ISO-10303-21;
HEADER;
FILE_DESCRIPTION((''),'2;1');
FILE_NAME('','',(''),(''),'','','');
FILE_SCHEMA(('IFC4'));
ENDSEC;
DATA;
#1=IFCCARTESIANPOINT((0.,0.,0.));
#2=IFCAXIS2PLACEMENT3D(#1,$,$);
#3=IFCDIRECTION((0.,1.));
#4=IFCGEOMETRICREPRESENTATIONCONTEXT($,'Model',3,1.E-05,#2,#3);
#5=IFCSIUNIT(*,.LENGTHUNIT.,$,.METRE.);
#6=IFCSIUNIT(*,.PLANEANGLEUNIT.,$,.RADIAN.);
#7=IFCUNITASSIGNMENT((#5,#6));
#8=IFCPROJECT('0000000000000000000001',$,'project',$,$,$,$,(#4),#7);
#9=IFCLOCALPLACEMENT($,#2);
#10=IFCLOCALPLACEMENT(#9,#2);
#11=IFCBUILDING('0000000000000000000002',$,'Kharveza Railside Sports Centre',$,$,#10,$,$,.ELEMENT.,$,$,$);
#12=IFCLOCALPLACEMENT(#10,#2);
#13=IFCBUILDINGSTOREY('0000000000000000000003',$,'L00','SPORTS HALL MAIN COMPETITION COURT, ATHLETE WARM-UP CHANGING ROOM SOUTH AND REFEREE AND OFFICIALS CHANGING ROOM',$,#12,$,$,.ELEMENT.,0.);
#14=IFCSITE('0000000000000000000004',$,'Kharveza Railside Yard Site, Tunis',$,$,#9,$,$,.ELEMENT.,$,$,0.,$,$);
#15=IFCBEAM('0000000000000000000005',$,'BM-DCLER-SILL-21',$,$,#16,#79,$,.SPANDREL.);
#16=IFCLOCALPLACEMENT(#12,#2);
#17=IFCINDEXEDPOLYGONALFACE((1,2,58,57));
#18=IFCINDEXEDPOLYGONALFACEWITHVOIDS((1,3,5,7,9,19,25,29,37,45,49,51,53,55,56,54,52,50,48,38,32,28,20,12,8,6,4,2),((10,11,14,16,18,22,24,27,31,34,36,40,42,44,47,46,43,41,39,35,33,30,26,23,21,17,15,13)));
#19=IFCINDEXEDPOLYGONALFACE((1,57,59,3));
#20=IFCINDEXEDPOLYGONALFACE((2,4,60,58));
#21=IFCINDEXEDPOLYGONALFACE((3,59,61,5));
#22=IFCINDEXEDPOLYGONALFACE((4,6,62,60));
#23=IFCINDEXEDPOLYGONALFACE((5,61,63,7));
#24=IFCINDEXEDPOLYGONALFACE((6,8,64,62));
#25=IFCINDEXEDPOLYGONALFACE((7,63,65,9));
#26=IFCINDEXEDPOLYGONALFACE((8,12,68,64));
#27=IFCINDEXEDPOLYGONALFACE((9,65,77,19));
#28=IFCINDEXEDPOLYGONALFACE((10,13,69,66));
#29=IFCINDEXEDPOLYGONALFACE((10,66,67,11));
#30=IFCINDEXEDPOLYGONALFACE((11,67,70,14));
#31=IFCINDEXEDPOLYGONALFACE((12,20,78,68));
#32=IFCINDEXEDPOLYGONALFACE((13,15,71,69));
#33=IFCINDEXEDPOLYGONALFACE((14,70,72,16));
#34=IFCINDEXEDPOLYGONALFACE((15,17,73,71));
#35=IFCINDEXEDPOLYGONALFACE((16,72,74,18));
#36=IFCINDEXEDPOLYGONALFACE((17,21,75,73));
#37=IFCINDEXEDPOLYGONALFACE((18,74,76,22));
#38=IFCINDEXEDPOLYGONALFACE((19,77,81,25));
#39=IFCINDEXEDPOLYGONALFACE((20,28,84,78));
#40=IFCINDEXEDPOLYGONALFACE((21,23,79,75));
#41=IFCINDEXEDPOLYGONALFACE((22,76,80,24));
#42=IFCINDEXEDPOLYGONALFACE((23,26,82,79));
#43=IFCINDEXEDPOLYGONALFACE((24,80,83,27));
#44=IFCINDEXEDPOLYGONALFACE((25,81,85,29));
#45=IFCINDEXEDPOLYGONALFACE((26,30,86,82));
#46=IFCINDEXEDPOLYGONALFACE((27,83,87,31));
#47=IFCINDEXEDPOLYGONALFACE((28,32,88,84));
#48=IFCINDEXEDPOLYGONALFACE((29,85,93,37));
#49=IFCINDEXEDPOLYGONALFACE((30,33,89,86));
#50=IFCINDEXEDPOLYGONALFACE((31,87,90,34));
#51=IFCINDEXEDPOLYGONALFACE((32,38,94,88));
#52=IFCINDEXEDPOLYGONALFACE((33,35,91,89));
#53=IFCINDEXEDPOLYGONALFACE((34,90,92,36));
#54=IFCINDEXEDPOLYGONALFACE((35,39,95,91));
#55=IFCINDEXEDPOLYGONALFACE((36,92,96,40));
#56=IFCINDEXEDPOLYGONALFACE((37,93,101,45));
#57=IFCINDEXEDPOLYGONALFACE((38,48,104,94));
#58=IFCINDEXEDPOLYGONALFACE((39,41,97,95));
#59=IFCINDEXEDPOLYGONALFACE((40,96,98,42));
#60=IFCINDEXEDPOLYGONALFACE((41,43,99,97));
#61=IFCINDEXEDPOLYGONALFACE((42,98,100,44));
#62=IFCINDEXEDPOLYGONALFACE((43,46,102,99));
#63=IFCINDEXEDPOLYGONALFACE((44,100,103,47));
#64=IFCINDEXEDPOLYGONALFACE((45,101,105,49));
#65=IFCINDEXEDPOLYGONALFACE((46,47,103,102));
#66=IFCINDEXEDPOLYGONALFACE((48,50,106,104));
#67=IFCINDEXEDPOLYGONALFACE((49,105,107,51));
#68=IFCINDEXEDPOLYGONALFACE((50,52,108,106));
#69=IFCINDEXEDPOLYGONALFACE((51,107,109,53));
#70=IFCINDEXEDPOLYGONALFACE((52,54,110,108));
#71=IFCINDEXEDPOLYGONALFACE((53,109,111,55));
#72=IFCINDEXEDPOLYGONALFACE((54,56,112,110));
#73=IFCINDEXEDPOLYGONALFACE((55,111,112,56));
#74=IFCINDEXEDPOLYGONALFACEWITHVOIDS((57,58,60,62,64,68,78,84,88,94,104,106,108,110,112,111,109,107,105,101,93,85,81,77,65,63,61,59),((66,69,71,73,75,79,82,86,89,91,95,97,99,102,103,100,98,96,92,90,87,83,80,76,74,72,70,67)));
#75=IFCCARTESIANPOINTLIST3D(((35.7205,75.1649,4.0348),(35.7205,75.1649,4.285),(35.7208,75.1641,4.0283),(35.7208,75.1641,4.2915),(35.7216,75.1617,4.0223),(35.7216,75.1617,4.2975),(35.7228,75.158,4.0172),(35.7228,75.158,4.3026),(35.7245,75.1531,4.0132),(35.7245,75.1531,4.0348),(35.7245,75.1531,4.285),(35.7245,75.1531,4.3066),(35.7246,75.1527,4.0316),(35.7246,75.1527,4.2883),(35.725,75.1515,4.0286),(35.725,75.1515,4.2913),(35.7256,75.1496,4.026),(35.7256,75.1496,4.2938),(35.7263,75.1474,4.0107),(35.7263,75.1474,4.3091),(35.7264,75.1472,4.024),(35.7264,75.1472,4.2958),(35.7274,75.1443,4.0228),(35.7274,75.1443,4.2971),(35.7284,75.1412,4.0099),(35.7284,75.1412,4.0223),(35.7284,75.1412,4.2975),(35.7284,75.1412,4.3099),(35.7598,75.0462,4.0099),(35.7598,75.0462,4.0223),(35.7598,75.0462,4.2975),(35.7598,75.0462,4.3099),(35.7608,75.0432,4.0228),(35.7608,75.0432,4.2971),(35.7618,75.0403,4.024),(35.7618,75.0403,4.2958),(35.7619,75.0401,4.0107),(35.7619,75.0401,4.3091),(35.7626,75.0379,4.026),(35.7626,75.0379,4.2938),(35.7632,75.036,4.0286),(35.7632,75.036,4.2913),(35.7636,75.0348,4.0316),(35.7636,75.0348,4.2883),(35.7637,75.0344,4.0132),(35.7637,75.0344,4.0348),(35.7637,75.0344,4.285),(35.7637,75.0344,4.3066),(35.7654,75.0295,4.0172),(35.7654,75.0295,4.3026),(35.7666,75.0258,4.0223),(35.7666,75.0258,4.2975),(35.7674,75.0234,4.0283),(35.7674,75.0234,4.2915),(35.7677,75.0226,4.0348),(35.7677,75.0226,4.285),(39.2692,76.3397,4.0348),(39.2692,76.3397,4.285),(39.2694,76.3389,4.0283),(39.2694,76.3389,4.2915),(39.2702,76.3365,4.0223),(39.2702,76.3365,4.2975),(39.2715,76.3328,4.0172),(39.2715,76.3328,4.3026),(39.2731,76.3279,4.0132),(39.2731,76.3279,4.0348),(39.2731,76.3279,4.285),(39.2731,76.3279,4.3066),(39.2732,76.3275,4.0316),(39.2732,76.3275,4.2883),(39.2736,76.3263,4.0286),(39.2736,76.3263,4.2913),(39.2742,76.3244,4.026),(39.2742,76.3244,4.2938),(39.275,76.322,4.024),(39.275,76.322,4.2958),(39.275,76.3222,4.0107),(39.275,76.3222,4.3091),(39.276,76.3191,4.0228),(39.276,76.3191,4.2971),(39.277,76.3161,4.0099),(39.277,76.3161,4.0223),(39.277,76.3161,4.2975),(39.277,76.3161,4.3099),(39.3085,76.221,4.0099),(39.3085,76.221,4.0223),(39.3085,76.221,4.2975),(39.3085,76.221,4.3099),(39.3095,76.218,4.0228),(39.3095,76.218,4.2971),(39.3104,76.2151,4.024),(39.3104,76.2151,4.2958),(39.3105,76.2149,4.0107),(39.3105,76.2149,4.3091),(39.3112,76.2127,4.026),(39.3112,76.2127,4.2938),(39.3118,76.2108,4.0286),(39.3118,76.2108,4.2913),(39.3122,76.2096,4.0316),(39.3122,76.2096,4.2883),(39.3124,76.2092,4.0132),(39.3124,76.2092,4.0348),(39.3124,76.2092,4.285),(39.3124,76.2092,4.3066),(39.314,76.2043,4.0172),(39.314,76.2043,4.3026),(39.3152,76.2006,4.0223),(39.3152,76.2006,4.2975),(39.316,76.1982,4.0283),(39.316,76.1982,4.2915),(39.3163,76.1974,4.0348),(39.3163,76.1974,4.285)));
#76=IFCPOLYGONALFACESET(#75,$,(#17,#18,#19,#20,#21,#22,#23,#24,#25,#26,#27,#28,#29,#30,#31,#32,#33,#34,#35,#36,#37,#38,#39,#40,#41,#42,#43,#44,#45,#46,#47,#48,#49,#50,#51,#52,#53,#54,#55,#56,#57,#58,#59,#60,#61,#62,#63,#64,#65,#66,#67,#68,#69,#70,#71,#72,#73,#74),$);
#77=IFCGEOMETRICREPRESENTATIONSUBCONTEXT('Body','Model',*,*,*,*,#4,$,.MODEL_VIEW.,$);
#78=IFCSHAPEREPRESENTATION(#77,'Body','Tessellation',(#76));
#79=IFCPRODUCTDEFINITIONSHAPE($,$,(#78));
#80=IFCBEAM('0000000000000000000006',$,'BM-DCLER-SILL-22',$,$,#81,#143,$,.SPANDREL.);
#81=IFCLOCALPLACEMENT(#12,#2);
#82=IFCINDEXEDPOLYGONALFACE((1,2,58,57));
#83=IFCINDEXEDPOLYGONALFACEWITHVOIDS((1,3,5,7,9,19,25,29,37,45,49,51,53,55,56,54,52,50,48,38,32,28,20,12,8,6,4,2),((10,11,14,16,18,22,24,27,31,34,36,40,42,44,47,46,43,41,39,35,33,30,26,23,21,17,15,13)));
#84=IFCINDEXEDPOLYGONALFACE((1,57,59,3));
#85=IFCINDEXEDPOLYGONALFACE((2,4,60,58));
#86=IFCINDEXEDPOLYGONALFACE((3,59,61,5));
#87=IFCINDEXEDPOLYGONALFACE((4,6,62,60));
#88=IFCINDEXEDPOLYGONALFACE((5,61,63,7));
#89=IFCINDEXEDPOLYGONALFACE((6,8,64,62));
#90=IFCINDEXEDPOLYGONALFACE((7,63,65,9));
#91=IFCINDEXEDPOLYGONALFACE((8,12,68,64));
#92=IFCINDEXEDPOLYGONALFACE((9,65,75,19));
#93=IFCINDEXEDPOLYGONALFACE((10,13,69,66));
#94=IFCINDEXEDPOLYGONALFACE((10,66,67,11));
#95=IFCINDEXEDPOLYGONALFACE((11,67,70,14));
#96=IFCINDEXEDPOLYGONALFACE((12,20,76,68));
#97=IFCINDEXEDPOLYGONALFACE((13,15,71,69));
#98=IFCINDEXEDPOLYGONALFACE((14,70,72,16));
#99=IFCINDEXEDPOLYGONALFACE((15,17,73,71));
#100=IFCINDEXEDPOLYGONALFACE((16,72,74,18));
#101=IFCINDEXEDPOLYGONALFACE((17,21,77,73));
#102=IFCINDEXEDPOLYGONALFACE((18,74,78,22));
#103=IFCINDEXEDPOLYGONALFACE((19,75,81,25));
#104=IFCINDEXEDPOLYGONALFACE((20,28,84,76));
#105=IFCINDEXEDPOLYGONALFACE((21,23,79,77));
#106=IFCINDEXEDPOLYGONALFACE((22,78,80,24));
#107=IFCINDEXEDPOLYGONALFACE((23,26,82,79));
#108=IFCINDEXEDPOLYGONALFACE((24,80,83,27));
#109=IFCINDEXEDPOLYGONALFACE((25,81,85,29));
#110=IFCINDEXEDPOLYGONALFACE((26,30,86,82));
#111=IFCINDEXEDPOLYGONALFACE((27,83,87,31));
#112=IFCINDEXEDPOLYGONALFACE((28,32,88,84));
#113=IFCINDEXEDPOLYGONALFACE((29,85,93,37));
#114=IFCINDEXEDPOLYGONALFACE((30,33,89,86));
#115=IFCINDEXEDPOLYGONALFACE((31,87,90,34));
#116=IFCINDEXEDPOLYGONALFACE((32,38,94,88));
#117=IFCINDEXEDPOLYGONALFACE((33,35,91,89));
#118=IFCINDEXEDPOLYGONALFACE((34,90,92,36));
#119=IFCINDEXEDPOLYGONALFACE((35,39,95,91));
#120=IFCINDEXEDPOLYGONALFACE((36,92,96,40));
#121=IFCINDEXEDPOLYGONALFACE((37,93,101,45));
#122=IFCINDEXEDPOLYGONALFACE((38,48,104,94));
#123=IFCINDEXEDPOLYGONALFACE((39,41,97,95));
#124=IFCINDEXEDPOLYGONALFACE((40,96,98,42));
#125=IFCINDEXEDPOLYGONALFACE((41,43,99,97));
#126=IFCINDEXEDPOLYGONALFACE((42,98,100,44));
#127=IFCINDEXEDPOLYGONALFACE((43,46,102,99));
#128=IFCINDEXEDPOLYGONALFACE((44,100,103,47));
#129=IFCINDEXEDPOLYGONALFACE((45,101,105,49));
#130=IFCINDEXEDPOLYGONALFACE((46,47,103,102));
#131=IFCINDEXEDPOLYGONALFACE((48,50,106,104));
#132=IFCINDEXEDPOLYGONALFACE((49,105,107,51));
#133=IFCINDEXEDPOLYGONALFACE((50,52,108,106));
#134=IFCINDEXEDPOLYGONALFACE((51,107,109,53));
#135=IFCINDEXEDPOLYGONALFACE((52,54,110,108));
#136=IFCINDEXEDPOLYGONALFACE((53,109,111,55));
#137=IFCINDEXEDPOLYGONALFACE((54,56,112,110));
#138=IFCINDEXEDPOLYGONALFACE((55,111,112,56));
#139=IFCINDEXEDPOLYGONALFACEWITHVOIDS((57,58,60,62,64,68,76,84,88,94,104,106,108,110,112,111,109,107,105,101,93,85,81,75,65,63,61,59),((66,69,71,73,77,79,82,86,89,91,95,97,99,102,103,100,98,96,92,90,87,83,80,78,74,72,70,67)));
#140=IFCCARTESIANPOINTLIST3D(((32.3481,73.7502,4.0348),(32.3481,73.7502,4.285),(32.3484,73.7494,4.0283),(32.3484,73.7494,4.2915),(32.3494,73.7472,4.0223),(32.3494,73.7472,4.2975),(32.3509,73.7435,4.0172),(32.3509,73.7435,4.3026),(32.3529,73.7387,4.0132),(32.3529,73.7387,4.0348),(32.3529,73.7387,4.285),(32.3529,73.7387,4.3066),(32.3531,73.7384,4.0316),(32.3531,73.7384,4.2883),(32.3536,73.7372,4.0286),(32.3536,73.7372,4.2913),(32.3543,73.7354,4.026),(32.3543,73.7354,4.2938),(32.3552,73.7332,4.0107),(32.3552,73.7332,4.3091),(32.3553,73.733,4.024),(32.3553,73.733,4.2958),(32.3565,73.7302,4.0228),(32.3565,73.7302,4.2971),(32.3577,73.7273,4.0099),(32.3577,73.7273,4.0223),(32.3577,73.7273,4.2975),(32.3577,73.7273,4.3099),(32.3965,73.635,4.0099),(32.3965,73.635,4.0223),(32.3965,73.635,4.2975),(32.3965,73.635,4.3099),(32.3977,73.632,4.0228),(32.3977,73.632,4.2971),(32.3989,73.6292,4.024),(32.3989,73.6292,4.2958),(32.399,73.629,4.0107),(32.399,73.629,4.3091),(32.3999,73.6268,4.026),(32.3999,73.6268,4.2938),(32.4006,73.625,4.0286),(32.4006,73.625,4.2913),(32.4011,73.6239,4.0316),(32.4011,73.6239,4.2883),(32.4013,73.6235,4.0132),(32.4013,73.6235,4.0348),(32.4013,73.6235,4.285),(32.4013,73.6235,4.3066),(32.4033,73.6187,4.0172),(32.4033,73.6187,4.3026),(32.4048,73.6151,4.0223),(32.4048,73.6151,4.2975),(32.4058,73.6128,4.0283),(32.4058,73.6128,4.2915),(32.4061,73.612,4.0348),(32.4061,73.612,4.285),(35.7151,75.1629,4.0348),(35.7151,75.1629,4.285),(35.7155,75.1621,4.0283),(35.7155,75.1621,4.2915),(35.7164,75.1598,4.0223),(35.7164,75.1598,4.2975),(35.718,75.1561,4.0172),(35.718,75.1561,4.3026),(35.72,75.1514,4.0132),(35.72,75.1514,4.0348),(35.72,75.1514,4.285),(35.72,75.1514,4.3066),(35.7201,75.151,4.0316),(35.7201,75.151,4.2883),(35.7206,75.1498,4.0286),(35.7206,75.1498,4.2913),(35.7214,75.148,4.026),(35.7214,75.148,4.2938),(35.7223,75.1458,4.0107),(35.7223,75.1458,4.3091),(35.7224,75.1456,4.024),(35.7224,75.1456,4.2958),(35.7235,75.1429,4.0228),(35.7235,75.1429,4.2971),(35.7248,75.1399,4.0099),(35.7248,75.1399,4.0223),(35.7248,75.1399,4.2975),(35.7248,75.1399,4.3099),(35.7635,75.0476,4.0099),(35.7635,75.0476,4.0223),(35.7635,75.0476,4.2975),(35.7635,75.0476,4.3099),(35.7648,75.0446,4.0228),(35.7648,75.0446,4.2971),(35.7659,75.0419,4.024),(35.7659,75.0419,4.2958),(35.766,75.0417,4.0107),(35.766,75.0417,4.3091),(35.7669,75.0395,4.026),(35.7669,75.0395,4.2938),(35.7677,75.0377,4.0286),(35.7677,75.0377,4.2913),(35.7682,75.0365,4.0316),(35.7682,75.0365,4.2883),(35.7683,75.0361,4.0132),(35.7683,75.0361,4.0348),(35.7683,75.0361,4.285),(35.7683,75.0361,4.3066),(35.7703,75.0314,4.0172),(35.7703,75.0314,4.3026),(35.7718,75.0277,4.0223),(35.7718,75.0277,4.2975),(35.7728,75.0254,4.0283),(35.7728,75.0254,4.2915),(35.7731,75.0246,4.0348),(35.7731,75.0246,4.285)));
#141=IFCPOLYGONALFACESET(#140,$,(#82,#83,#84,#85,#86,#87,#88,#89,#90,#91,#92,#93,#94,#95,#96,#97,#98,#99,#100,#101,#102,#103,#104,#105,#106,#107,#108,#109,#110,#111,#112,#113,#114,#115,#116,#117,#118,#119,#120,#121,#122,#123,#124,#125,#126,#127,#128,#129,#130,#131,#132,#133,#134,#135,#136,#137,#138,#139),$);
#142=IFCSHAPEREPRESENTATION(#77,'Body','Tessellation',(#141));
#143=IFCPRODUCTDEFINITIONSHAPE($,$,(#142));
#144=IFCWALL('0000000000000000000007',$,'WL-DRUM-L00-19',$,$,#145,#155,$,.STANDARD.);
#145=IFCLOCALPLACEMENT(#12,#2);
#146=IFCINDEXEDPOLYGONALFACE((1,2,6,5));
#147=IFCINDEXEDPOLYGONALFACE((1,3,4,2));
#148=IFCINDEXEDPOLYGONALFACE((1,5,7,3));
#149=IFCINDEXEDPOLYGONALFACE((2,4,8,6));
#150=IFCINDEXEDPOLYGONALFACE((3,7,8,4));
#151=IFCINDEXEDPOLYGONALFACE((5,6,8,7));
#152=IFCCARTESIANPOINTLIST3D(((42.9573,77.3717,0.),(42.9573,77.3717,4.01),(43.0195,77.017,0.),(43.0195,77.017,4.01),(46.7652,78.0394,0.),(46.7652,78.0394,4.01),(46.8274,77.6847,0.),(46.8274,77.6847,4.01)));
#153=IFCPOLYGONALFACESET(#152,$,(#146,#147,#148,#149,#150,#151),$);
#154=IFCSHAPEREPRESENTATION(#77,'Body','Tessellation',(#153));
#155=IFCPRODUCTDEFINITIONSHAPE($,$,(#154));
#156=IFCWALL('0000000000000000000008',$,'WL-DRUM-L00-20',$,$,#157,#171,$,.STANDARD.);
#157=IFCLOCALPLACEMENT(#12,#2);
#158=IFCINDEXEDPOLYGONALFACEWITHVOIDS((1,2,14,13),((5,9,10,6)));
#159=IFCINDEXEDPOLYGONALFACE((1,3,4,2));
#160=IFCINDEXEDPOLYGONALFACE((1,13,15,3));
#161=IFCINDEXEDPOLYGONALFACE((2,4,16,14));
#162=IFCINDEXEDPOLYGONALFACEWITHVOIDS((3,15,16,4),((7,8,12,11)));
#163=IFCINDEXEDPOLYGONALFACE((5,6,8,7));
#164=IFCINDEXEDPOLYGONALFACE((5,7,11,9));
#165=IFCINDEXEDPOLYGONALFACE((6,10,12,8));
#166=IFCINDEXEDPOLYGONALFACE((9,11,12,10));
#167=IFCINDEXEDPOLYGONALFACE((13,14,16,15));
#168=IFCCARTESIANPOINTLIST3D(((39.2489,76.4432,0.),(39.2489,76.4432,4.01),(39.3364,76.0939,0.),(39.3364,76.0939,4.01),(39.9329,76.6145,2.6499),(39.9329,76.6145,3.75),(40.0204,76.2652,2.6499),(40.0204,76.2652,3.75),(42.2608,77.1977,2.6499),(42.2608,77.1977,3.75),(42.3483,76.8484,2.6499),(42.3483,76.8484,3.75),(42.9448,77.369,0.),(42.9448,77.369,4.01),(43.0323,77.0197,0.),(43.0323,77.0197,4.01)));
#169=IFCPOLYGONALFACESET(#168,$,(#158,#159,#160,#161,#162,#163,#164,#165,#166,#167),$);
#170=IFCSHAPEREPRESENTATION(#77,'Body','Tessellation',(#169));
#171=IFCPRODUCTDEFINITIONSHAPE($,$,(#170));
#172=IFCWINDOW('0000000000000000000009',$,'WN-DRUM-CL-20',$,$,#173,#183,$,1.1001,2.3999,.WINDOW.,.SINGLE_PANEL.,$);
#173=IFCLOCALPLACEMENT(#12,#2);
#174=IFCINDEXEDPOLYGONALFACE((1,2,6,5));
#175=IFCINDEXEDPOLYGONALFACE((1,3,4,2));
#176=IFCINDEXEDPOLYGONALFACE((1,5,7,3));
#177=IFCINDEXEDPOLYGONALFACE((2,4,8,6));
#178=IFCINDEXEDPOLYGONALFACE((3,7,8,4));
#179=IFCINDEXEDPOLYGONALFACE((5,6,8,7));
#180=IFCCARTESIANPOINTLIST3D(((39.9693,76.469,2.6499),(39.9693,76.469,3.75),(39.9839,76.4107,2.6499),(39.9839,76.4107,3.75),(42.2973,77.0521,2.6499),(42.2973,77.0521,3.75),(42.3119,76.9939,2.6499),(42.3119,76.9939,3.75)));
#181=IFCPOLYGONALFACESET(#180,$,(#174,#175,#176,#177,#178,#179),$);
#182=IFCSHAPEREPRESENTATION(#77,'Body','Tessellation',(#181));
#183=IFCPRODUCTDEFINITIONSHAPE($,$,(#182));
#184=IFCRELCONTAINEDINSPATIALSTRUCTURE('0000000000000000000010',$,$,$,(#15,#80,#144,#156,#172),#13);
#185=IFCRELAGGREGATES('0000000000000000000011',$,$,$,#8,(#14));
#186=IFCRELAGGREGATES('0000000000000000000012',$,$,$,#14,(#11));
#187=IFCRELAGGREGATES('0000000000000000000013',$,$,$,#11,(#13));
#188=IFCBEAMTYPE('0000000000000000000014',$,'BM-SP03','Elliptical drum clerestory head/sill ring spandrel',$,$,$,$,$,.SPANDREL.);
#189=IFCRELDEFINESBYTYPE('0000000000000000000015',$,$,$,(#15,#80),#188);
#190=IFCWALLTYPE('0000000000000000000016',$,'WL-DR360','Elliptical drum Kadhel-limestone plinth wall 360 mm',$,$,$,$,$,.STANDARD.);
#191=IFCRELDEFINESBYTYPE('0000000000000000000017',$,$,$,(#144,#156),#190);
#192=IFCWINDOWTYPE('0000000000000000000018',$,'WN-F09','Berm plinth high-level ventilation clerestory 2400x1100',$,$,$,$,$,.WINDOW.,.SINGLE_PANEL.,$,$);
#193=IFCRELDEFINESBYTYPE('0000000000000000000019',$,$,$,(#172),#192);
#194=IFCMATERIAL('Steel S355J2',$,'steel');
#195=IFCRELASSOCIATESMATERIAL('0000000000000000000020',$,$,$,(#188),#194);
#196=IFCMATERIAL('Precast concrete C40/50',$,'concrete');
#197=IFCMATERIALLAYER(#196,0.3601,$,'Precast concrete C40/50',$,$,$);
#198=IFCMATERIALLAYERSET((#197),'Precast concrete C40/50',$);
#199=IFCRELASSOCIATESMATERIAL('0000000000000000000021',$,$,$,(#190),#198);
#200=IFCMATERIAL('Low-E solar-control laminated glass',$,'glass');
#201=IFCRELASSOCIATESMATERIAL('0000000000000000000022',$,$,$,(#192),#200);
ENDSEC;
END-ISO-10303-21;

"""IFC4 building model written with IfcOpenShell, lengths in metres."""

from ifc_helpers import new_model, si_unit, direction, frame, frame_2d, origin, origin_2d, place, context, subcontext, project, spatial, rectangle, hollow_rectangle, extrude, material, layer, layer_set, material_profile, profile_set, type_object, element, fill, save


model = new_model("IFC4")

# Units and contexts
model_context = context("Model", 3, precision=1e-05, world=origin(), true_north=direction((0.0, 1.0)))
body_context = subcontext(model_context, "Body", "Model", "MODEL_VIEW")
ifc_project = project(units=[si_unit("LENGTHUNIT", "METRE"), si_unit("PLANEANGLEUNIT", "RADIAN")], contexts=[model_context])

# Site, building, storey
site_placement = place(None, origin())
site = spatial("IfcSite", under=ifc_project, at=site_placement, Name="Kharveza Railside Yard Site, Tunis", CompositionType="ELEMENT", RefElevation=0.0)
building_placement = place(site_placement, origin())
building = spatial("IfcBuilding", under=site, at=building_placement, Name="Kharveza Railside Sports Centre", CompositionType="ELEMENT")
storey_placement = place(building_placement, origin())
storey = spatial("IfcBuildingStorey", under=building, at=storey_placement, Name="L00", Description="SPORTS HALL MAIN COMPETITION COURT, ATHLETE WARM-UP CHANGING ROOM SOUTH AND REFEREE AND OFFICIALS CHANGING ROOM", CompositionType="ELEMENT", Elevation=0.0)

# Shared definitions
ifc_material_1 = material(Name="Steel S355J2", Category="steel")

# Beams
ifc_material_2 = material(Name="Precast concrete C40/50", Category="concrete")
ifc_material_profile_1 = material_profile(ifc_material_1, hollow_rectangle(XDim=0.1499, YDim=0.3, WallThickness=0.0125, InnerFilletRadius=0.0125, OuterFilletRadius=0.0249, at=origin_2d()), Name="RHS 150x300x12.5")
ifc_profile_set_1 = profile_set([ifc_material_profile_1], Name="Steel S355J2")
beam_type_1 = type_object("IfcBeamType", Name="BM-SP03", Description="Elliptical drum clerestory head/sill ring spandrel", PredefinedType="SPANDREL", material=ifc_profile_set_1)
beam_1_placement = place(storey_placement, frame((39.2927, 76.2686, 4.1599), z_axis=(-0.949328, -0.314287, 0.0), x_axis=(0.314287, -0.949328, 0.0)))
element("IfcBeam", 1, at=beam_1_placement, inside=storey, type_object=beam_type_1, Name="BM-DCLER-SILL-21", PredefinedType="SPANDREL", context=body_context, shape_type="SweptSolid", body=[
    extrude(hollow_rectangle(XDim=0.1499, YDim=0.3, WallThickness=0.0125, InnerFilletRadius=0.0125, OuterFilletRadius=0.0249, at=origin_2d()), origin(), (0.0, 0.0, 1.0), 3.738),
])
beam_2_placement = place(storey_placement, frame((35.7441, 75.0938, 4.1599), z_axis=(-0.922131, -0.386879, 0.0), x_axis=(0.386879, -0.922131, 0.0)))
element("IfcBeam", 2, at=beam_2_placement, inside=storey, type_object=beam_type_1, Name="BM-DCLER-SILL-22", PredefinedType="SPANDREL", context=body_context, shape_type="SweptSolid", body=[
    extrude(hollow_rectangle(XDim=0.1499, YDim=0.3, WallThickness=0.0125, InnerFilletRadius=0.0125, OuterFilletRadius=0.0249, at=origin_2d()), origin(), (0.0, 0.0, 1.0), 3.6514),
])

# Wall
ifc_layer = layer(ifc_material_2, 0.3601, Name="Precast concrete C40/50")
ifc_layer_set = layer_set([ifc_layer], Name="Precast concrete C40/50")
wall_type = type_object("IfcWallType", Name="WL-DR360", Description="Elliptical drum Kadhel-limestone plinth wall 360 mm", PredefinedType="STANDARD", material=ifc_layer_set)
wall_1_placement = place(storey_placement, frame((46.7964, 77.8621, 0.0), z_axis=(0.0, 0.0, 1.0), x_axis=(-0.984971, -0.172719, 0.0)))
element("IfcWall", 3, at=wall_1_placement, inside=storey, type_object=wall_type, Name="WL-DRUM-L00-19", PredefinedType="STANDARD", context=body_context, shape_type="SweptSolid", body=[
    extrude(rectangle(XDim=3.866, YDim=0.3601, at=frame_2d((1.9331, 0.0))), origin(), (0.0, 0.0, 1.0), 4.01),
])

# Wall, opening, window
wall_2_placement = place(storey_placement, frame((42.9885, 77.1943, 0.0), z_axis=(0.0, 0.0, 1.0), x_axis=(-0.970029, -0.242988, 0.0)))
wall_2 = element("IfcWall", 4, at=wall_2_placement, inside=storey, type_object=wall_type, Name="WL-DRUM-L00-20", PredefinedType="STANDARD", context=body_context, shape_type="SweptSolid", body=[
    extrude(rectangle(XDim=3.8101, YDim=0.3601, at=frame_2d((1.905, 0.0))), origin(), (0.0, 0.0, 1.0), 4.01),
])
opening_placement = place(wall_2_placement, frame((0.7051, 0.0, 2.6499)))
opening = element("IfcOpeningElement", 5, at=opening_placement, cuts=wall_2, PredefinedType="OPENING", context=body_context, shape_type="SweptSolid", body=[
    extrude(rectangle(XDim=2.3999, YDim=1.1001, at=frame_2d((1.2, 0.55))), frame((0.0, 0.2051, 0.0), z_axis=(0.0, -1.0, 0.0), x_axis=(1.0, 0.0, 0.0)), (0.0, 0.0, 1.0), 0.4099),
])
ifc_material_3 = material(Name="Low-E solar-control laminated glass", Category="glass")
window_type = type_object("IfcWindowType", Name="WN-F09", Description="Berm plinth high-level ventilation clerestory 2400x1100", PartitioningType="SINGLE_PANEL", PredefinedType="WINDOW", material=ifc_material_3)
window_placement = place(opening_placement, origin())
window = element("IfcWindow", 6, at=window_placement, inside=storey, type_object=window_type, Name="WN-DRUM-CL-20", OverallHeight=1.1001, OverallWidth=2.3999, PartitioningType="SINGLE_PANEL", PredefinedType="WINDOW", context=body_context, shape_type="SweptSolid", body=[
    extrude(rectangle(XDim=2.3999, YDim=1.1001, at=frame_2d((1.2, 0.55))), frame((0.0, 0.03, 0.0), z_axis=(0.0, -1.0, 0.0), x_axis=(1.0, 0.0, 0.0)), (0.0, 0.0, 1.0), 0.0601),
])
fill(opening, window)

save(model, "model.ifc")
